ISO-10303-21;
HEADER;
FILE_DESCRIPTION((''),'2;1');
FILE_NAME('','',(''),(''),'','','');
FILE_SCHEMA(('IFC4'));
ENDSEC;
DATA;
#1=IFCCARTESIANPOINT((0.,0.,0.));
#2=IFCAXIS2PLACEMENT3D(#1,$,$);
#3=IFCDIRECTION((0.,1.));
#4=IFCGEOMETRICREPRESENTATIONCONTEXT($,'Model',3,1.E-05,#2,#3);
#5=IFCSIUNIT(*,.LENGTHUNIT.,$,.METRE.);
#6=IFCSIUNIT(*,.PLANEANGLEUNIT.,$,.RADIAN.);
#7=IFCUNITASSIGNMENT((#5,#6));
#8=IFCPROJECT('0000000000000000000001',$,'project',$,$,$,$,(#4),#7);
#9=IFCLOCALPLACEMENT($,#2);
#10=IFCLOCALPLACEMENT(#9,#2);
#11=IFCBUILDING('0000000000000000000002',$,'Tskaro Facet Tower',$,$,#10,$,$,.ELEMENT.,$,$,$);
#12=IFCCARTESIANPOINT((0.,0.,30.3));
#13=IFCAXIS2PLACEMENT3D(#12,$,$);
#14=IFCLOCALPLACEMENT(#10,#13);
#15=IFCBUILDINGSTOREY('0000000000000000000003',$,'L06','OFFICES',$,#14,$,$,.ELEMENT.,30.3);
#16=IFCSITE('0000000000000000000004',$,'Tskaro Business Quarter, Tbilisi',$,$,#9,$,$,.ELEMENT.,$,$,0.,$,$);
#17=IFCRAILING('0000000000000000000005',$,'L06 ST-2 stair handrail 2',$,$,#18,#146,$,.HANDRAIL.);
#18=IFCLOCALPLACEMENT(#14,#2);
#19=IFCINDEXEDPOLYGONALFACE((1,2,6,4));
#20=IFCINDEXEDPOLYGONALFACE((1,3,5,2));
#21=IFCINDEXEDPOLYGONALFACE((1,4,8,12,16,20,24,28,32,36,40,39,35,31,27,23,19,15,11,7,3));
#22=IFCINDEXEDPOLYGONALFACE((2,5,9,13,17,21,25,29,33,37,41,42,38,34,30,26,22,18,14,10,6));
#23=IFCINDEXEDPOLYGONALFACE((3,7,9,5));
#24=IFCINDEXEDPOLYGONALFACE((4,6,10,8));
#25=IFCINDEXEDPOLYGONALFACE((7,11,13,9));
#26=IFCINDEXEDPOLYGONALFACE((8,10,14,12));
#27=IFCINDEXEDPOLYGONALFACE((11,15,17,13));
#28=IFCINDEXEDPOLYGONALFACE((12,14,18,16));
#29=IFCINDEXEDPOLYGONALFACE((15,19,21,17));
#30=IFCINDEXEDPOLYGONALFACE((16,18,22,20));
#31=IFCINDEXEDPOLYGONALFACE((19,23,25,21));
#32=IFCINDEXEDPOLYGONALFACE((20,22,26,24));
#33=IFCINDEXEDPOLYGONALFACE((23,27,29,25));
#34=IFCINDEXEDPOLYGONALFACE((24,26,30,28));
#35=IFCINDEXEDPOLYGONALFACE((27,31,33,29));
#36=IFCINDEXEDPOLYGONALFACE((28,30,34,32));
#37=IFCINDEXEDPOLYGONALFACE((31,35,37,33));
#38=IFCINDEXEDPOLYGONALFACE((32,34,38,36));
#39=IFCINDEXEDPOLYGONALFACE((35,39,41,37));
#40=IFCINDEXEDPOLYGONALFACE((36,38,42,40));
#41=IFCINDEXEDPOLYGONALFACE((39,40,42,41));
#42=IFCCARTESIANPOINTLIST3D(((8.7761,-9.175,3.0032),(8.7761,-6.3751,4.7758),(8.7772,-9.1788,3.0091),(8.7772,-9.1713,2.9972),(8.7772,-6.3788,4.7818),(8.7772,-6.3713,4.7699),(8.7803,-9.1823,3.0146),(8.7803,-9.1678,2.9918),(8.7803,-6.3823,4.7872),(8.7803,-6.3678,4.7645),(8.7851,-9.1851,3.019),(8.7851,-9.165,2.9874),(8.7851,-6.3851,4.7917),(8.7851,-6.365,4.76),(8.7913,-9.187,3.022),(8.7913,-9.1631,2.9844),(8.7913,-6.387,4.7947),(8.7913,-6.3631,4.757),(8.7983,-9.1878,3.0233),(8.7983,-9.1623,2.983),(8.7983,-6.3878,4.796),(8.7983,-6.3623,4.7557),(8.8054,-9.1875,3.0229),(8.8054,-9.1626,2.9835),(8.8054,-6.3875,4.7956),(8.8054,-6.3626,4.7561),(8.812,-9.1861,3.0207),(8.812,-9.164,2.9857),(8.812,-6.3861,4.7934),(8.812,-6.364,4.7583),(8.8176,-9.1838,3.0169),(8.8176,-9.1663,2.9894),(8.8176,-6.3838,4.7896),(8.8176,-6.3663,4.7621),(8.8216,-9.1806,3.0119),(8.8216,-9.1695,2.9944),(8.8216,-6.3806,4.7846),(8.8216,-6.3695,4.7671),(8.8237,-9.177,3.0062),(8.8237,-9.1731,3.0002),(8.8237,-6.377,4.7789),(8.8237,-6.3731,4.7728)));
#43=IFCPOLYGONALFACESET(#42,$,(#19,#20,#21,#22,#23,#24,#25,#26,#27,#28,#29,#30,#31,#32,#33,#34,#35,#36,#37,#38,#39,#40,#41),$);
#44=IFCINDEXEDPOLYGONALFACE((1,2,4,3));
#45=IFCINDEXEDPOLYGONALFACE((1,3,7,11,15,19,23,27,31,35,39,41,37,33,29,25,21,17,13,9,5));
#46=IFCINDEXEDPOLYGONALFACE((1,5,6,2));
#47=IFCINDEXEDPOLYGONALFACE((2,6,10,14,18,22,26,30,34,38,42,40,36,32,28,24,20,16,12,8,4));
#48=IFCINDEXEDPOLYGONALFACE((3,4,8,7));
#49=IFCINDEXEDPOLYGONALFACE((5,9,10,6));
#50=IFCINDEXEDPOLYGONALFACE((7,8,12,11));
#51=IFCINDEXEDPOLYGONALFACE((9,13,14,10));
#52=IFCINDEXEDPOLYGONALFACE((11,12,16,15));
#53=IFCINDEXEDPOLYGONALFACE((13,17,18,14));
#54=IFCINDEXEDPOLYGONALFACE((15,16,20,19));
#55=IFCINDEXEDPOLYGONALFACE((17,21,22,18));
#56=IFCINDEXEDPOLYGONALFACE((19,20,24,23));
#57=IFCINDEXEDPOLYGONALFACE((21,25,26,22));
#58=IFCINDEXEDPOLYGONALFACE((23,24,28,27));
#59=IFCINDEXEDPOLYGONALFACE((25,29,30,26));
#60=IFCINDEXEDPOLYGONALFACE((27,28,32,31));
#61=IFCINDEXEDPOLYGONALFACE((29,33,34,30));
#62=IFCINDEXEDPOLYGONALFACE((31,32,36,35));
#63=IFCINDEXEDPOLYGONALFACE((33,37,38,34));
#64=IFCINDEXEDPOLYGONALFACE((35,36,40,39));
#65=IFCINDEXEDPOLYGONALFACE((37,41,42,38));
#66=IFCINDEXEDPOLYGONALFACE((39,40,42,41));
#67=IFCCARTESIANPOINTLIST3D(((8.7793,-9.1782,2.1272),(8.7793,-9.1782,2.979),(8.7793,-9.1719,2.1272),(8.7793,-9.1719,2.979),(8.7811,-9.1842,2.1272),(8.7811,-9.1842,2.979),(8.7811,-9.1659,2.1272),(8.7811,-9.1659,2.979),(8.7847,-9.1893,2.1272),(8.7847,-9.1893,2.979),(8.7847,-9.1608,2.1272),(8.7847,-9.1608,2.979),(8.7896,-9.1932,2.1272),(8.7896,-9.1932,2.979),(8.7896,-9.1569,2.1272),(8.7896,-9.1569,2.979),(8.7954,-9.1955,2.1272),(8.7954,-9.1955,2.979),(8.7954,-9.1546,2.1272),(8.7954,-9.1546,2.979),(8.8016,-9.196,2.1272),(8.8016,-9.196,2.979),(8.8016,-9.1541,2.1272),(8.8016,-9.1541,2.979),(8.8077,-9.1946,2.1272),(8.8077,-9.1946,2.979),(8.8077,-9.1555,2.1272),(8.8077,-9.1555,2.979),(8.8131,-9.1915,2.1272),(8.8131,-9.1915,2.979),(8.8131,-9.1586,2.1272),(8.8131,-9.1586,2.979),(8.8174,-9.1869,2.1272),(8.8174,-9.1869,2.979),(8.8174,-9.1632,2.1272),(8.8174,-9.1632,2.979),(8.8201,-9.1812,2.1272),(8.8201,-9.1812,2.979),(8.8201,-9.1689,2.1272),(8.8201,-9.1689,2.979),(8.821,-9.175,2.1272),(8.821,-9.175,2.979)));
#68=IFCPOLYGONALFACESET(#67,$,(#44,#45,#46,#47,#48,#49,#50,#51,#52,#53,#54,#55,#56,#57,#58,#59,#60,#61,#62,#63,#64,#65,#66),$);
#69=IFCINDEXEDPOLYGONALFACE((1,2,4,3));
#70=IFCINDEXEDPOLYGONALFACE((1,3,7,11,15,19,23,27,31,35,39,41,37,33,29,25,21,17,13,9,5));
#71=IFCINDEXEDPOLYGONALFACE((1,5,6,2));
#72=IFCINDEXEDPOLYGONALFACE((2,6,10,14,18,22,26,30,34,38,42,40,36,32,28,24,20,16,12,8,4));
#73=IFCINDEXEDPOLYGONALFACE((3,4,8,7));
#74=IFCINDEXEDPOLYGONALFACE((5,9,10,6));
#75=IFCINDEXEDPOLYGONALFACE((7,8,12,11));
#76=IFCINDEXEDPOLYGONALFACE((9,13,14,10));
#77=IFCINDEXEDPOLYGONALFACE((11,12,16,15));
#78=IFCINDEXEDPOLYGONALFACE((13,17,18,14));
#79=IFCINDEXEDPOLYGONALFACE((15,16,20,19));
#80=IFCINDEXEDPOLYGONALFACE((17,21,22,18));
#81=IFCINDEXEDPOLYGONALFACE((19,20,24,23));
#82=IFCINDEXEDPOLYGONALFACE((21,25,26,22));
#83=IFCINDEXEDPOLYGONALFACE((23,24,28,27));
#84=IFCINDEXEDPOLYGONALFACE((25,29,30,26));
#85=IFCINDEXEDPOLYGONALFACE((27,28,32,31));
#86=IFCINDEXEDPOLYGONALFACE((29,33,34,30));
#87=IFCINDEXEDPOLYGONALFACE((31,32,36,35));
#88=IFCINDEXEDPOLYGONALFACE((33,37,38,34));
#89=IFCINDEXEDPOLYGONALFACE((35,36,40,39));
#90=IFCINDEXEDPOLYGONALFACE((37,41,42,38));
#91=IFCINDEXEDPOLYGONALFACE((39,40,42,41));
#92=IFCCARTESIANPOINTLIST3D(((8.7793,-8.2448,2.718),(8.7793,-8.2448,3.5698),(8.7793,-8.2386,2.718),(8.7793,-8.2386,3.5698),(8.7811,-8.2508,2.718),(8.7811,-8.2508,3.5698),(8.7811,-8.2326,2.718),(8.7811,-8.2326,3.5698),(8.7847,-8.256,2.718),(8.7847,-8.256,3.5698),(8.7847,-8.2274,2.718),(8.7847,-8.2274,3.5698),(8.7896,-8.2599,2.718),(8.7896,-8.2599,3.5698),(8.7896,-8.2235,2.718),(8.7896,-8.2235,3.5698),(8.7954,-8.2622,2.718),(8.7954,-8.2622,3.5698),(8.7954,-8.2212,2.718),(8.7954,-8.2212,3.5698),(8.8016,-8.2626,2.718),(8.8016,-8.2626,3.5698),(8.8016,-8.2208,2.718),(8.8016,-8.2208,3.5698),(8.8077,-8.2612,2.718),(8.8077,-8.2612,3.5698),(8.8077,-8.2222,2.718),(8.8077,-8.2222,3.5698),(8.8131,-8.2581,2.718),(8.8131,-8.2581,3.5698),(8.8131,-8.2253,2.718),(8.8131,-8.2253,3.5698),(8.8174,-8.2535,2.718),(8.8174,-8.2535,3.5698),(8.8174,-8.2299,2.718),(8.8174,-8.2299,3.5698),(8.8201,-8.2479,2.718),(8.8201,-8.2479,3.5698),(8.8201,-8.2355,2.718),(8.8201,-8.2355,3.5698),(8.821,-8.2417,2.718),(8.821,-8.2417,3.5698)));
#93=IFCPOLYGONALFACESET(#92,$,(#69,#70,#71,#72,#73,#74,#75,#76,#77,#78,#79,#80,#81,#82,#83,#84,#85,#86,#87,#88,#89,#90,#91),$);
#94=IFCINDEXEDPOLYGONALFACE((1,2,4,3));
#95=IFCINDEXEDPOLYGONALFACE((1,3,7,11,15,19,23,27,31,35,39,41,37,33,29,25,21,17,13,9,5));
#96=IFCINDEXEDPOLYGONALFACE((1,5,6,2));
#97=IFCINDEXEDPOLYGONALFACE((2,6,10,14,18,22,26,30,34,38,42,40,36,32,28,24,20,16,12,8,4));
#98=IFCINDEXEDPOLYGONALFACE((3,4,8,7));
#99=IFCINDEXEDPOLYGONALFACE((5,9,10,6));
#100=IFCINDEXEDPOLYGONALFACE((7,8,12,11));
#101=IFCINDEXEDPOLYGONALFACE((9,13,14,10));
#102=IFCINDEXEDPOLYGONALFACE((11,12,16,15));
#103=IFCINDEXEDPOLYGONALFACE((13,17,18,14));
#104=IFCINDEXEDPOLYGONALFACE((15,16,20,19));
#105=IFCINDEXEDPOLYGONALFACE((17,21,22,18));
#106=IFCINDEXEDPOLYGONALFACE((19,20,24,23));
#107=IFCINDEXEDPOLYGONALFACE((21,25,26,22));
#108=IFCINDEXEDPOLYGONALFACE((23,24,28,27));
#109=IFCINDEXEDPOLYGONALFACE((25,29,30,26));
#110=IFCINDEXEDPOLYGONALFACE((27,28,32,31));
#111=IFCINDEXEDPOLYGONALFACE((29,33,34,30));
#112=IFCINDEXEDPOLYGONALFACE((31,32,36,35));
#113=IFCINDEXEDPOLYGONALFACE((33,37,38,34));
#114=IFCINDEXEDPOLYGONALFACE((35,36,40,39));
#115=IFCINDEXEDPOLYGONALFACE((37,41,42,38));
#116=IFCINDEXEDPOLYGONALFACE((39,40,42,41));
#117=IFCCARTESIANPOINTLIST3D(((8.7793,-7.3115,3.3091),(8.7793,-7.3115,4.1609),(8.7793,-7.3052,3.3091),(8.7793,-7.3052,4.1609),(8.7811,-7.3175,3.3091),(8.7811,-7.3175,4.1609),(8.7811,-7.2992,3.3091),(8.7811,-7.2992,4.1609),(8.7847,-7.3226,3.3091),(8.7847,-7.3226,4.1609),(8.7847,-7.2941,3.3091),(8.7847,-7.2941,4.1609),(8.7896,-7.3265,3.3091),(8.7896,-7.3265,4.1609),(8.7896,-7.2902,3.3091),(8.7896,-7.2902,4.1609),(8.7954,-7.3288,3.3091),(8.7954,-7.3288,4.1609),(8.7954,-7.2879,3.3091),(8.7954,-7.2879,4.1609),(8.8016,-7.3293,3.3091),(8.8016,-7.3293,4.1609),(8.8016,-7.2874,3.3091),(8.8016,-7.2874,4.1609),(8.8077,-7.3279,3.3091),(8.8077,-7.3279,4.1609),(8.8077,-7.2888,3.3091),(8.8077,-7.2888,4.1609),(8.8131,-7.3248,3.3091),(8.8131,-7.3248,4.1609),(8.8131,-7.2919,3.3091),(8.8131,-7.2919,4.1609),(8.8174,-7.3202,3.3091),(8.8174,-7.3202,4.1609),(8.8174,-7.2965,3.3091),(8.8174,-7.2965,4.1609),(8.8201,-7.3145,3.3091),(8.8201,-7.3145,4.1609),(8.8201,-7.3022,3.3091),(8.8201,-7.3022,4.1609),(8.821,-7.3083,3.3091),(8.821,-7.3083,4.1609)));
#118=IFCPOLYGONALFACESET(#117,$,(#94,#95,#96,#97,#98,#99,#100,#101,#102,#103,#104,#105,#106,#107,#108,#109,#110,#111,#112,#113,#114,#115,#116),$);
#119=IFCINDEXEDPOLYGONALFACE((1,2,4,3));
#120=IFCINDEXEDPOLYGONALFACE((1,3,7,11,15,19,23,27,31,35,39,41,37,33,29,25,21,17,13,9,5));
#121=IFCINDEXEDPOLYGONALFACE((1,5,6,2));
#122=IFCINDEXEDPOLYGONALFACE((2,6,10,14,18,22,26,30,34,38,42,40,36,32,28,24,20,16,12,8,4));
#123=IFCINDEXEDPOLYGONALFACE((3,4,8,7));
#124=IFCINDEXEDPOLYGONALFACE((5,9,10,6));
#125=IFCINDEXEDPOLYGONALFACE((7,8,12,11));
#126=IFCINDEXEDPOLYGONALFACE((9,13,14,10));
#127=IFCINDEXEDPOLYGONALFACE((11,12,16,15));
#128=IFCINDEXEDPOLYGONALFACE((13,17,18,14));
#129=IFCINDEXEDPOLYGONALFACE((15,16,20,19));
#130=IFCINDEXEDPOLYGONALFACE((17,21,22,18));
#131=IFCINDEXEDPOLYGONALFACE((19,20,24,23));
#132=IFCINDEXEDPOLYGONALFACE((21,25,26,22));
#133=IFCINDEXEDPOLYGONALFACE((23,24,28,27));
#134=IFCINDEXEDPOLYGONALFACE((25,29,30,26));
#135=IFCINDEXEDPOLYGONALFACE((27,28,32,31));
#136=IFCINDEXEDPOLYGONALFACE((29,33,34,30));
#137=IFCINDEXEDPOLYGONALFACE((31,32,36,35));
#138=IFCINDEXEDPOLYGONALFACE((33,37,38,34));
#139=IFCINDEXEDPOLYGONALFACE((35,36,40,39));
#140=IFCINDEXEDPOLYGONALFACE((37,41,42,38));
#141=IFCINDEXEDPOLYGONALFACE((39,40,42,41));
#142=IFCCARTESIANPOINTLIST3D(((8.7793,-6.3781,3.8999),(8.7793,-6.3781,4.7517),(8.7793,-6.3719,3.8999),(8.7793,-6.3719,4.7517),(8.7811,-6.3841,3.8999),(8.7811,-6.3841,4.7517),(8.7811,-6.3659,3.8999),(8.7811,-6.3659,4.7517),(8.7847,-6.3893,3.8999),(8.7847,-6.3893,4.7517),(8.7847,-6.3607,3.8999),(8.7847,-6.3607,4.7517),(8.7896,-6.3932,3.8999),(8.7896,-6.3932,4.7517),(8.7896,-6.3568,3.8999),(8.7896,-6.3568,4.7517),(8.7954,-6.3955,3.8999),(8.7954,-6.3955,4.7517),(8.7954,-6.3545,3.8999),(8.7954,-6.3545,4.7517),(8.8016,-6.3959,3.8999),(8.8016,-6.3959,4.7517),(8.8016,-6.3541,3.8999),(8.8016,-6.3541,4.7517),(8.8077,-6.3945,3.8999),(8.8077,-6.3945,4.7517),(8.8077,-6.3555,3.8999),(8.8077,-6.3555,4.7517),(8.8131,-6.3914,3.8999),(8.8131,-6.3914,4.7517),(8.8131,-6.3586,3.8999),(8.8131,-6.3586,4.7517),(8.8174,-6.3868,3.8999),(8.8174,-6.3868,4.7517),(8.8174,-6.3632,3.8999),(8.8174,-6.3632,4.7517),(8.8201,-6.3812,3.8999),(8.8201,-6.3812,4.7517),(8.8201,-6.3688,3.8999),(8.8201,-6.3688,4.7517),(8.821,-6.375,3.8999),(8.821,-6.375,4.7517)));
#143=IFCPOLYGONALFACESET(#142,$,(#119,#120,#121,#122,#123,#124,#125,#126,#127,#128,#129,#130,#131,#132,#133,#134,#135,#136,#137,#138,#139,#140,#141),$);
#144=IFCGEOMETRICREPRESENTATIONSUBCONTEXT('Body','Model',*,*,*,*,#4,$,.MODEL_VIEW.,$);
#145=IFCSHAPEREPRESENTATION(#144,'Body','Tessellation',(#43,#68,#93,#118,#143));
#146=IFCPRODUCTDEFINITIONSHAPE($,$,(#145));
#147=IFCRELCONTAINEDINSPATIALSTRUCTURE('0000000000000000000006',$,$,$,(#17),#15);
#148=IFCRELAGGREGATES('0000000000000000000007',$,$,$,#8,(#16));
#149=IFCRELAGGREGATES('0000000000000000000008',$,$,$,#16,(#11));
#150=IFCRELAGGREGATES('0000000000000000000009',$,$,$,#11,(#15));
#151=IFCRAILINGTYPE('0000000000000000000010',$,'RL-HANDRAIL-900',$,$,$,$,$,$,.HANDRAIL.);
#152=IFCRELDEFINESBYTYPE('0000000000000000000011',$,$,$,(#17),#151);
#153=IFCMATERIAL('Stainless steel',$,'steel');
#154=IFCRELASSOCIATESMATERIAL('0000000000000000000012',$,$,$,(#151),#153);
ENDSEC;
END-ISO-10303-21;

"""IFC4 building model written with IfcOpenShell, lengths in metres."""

from ifc_helpers import new_model, si_unit, direction, frame, origin, origin_2d, place, context, subcontext, project, spatial, circle, extrude, material, type_object, element, save


model = new_model("IFC4")

# Units and contexts
model_context = context("Model", 3, precision=1e-05, world=origin(), true_north=direction((0.0, 1.0)))
body_context = subcontext(model_context, "Body", "Model", "MODEL_VIEW")
ifc_project = project(units=[si_unit("LENGTHUNIT", "METRE"), si_unit("PLANEANGLEUNIT", "RADIAN")], contexts=[model_context])

# Site, building, storey
site_placement = place(None, origin())
site = spatial("IfcSite", under=ifc_project, at=site_placement, Name="Tskaro Business Quarter, Tbilisi", CompositionType="ELEMENT", RefElevation=0.0)
building_placement = place(site_placement, origin())
building = spatial("IfcBuilding", under=site, at=building_placement, Name="Tskaro Facet Tower", CompositionType="ELEMENT")
storey_placement = place(building_placement, frame((0.0, 0.0, 30.3)))
storey = spatial("IfcBuildingStorey", under=building, at=storey_placement, Name="L06", Description="OFFICES", CompositionType="ELEMENT", Elevation=30.3)

# Railing
ifc_material_1 = material(Name="Stainless steel", Category="steel")
railing_type_1 = type_object("IfcRailingType", Name="RL-HANDRAIL-900", PredefinedType="HANDRAIL", material=ifc_material_1)
railing_1_placement = place(storey_placement, frame((8.8, -9.175, 2.1272)))
element("IfcRailing", 1, at=railing_1_placement, inside=storey, type_object=railing_type_1, Name="L06 ST-2 stair handrail 2", PredefinedType="HANDRAIL", context=body_context, shape_type="SweptSolid", body=[
    extrude(circle(Radius=0.0239, at=origin_2d()), frame((0.0, 0.0, 0.876), z_axis=(0.0, 0.844909, 0.53491), x_axis=(-1.0, 0.0, 0.0)), (0.0, 0.0, 1.0), 3.314),
    extrude(circle(Radius=0.021, at=origin_2d()), origin(), (0.0, 0.0, 1.0), 0.8518),
    extrude(circle(Radius=0.021, at=origin_2d()), frame((0.0, 0.9333, 0.5908)), (0.0, 0.0, 1.0), 0.8518),
    extrude(circle(Radius=0.021, at=origin_2d()), frame((0.0, 1.8667, 1.1819)), (0.0, 0.0, 1.0), 0.8518),
    extrude(circle(Radius=0.021, at=origin_2d()), frame((0.0, 2.8, 1.7727)), (0.0, 0.0, 1.0), 0.8518),
])

save(model, "model.ifc")
